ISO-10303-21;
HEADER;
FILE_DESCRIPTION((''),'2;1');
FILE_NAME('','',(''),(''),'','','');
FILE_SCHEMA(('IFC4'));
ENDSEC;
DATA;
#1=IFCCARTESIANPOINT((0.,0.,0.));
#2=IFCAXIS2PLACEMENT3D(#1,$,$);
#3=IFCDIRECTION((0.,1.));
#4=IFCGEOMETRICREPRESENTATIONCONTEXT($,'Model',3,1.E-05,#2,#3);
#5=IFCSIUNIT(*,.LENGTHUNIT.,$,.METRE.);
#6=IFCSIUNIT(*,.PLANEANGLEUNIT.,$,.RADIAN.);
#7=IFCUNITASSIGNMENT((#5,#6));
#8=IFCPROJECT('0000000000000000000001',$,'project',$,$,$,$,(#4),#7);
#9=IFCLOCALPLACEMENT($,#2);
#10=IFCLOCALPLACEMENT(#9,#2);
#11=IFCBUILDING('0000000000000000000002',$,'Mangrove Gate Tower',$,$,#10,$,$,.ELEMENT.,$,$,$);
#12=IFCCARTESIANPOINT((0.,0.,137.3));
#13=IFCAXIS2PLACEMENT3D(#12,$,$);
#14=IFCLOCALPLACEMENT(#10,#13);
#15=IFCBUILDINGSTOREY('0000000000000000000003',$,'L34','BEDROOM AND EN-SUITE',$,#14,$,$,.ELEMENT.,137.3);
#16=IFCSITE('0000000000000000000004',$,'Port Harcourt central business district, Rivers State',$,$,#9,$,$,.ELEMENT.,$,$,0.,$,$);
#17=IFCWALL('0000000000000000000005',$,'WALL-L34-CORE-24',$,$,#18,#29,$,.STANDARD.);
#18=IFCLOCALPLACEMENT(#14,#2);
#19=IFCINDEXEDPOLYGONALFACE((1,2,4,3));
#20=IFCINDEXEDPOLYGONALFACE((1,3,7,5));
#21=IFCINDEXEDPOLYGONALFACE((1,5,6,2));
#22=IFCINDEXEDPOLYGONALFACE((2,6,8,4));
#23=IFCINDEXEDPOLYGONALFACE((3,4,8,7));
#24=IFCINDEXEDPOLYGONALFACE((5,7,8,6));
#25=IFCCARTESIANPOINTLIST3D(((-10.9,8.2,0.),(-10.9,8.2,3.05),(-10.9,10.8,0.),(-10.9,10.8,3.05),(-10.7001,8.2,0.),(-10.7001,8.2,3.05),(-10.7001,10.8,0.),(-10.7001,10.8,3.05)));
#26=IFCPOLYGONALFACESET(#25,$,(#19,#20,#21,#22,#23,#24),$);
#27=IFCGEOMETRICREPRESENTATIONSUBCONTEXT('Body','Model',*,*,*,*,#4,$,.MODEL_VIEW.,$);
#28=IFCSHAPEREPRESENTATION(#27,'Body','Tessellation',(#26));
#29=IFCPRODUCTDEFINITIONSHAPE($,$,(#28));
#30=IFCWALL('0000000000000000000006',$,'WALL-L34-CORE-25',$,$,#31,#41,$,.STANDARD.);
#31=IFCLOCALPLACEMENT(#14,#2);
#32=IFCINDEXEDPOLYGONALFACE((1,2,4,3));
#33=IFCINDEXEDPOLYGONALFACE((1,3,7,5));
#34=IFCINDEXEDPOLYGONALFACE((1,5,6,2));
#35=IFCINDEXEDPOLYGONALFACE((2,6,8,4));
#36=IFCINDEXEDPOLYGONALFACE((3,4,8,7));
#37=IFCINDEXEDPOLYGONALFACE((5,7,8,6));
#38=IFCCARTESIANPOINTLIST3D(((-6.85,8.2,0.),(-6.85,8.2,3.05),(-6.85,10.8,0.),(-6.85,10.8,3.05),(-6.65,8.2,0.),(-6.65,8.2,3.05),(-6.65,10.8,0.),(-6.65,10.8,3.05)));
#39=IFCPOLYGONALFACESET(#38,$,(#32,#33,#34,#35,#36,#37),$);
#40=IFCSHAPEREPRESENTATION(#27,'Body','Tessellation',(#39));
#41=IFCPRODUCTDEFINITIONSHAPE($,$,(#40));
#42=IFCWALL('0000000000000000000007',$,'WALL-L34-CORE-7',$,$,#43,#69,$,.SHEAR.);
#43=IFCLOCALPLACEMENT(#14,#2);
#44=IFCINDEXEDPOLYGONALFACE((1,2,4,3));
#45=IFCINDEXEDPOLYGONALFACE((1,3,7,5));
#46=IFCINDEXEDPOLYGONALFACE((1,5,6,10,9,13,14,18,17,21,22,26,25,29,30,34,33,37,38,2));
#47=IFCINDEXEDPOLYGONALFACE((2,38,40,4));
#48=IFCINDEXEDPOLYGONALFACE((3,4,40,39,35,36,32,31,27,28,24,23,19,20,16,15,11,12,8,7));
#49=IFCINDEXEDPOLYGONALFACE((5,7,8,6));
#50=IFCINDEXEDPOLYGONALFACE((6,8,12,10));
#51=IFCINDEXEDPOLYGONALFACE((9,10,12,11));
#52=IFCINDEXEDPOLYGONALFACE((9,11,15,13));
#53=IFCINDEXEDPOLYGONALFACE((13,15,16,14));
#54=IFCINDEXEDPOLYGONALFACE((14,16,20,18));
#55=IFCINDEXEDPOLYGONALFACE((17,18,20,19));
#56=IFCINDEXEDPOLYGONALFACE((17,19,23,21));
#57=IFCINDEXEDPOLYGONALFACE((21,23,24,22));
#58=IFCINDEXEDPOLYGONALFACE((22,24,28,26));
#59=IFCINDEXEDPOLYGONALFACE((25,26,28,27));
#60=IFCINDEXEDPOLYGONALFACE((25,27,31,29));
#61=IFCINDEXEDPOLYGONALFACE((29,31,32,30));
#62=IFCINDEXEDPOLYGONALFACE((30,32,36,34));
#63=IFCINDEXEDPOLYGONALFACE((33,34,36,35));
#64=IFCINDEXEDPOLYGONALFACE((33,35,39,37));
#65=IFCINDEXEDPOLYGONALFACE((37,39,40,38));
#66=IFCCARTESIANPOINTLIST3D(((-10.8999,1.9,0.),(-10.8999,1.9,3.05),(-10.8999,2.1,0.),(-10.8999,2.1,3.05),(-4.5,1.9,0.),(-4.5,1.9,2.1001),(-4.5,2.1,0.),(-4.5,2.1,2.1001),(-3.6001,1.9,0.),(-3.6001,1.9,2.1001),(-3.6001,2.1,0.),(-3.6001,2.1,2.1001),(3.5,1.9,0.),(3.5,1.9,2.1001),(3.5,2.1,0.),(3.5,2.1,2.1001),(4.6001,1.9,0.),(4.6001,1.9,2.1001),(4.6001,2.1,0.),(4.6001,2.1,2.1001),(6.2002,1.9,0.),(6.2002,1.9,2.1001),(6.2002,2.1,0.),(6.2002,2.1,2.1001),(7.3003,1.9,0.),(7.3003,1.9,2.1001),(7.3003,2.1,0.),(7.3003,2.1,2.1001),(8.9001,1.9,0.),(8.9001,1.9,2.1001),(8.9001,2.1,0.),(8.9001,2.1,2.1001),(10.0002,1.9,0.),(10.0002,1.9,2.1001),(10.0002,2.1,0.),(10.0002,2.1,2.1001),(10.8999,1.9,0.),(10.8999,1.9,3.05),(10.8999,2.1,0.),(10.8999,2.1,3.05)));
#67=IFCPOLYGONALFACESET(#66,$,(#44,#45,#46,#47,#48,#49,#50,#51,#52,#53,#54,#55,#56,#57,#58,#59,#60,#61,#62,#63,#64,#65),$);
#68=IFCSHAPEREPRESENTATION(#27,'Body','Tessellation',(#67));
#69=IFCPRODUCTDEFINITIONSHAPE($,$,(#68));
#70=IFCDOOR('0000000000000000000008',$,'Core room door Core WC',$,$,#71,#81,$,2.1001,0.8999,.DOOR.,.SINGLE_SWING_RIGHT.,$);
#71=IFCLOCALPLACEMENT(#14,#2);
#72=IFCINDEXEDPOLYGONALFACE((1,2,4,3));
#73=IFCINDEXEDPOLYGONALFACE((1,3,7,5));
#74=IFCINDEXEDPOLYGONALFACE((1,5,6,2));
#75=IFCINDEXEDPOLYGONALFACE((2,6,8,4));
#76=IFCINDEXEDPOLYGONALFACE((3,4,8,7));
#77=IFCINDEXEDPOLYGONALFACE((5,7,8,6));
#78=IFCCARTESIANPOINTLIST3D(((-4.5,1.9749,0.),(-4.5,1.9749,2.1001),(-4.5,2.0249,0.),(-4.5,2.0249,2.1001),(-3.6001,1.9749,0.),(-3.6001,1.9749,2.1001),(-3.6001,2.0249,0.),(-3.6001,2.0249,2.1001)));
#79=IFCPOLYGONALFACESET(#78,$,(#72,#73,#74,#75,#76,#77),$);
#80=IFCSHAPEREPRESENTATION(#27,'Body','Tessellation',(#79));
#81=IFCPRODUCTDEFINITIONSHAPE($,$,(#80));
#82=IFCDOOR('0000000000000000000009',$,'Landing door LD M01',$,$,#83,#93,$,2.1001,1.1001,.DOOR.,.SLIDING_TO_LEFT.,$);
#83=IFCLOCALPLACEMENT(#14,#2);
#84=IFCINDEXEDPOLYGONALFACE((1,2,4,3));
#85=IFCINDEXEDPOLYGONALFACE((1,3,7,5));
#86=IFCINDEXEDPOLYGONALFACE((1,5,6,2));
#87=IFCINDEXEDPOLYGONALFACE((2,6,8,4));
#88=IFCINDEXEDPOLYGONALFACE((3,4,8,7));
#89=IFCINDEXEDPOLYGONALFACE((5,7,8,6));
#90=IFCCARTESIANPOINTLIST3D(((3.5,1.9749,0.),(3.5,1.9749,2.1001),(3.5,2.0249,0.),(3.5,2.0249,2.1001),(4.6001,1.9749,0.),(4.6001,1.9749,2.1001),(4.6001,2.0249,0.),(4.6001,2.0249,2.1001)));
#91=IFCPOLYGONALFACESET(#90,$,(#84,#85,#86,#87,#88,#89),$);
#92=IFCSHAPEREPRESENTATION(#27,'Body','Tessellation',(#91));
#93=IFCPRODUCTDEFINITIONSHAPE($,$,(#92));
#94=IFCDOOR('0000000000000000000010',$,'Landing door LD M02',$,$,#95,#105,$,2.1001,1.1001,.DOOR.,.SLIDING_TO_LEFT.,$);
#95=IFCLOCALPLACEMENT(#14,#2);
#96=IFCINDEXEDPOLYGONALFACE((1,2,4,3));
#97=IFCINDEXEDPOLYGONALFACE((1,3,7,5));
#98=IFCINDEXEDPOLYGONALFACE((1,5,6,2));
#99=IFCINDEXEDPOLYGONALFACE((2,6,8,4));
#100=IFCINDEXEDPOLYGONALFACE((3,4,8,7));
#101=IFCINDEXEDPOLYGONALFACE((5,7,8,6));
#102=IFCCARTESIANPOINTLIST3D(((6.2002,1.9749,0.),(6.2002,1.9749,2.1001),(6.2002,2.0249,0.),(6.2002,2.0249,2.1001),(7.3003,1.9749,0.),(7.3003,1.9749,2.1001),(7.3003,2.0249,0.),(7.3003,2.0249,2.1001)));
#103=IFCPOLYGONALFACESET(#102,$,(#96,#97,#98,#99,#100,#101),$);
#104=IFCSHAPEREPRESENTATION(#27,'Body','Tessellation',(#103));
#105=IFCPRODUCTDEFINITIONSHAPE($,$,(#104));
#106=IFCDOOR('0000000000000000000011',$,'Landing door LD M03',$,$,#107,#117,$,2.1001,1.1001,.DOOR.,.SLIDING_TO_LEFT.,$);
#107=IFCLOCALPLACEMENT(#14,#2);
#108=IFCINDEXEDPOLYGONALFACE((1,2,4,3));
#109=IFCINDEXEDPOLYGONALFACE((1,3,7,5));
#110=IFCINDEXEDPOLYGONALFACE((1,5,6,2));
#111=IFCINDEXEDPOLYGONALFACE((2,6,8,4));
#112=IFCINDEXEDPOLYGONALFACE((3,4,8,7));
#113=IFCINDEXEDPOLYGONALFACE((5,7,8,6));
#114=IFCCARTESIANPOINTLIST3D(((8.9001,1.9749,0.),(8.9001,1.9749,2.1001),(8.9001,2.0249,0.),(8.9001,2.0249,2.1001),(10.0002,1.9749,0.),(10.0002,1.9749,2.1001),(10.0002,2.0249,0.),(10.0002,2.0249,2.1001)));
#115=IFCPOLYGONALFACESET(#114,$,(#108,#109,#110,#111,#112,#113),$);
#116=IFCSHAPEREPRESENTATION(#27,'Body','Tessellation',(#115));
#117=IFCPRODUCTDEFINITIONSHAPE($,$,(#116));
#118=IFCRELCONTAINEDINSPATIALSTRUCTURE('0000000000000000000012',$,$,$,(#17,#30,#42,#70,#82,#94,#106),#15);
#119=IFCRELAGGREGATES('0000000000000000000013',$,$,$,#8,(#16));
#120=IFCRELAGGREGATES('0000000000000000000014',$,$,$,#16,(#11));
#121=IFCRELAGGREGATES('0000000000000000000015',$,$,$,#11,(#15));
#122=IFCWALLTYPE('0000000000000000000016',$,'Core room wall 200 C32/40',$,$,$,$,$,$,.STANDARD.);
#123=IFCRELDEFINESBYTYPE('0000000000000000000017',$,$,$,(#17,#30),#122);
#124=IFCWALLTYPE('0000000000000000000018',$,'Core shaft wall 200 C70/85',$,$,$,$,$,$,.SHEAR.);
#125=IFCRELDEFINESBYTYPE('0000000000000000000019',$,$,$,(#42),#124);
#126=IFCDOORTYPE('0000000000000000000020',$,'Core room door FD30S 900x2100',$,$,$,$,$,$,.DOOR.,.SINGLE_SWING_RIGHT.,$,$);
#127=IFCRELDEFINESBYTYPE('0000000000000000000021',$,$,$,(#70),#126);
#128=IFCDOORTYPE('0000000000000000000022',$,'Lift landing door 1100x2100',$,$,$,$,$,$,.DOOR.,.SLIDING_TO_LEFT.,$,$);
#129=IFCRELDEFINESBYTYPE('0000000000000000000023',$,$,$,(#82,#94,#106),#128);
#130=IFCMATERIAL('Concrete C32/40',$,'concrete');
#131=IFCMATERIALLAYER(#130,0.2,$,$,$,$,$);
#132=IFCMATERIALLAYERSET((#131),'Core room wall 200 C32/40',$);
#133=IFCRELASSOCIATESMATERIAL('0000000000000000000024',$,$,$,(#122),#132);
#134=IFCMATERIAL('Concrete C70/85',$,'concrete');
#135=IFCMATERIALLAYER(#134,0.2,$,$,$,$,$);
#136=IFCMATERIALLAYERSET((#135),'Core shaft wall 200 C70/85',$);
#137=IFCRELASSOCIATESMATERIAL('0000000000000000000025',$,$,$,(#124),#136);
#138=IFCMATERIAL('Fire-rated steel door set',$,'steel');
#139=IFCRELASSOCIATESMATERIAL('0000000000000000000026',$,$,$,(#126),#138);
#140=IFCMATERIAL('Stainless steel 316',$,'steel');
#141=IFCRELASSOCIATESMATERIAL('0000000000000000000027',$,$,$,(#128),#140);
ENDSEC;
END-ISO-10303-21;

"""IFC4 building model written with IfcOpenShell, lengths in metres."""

from ifc_helpers import new_model, si_unit, direction, frame, frame_2d, origin, place, context, subcontext, project, spatial, rectangle, extrude, material, layer, layer_set, type_object, element, fill, save


model = new_model("IFC4")

# Units and contexts
model_context = context("Model", 3, precision=1e-05, world=origin(), true_north=direction((0.0, 1.0)))
body_context = subcontext(model_context, "Body", "Model", "MODEL_VIEW")
ifc_project = project(units=[si_unit("LENGTHUNIT", "METRE"), si_unit("PLANEANGLEUNIT", "RADIAN")], contexts=[model_context])

# Site, building, storey
site_placement = place(None, origin())
site = spatial("IfcSite", under=ifc_project, at=site_placement, Name="Port Harcourt central business district, Rivers State", CompositionType="ELEMENT", RefElevation=0.0)
building_placement = place(site_placement, origin())
building = spatial("IfcBuilding", under=site, at=building_placement, Name="Mangrove Gate Tower", CompositionType="ELEMENT")
storey_placement = place(building_placement, frame((0.0, 0.0, 137.3)))
storey = spatial("IfcBuildingStorey", under=building, at=storey_placement, Name="L34", Description="BEDROOM AND EN-SUITE", CompositionType="ELEMENT", Elevation=137.3)

# Walls
ifc_material_1 = material(Name="Concrete C32/40", Category="concrete")
ifc_layer_1 = layer(ifc_material_1, 0.2)
ifc_layer_set_1 = layer_set([ifc_layer_1], Name="Core room wall 200 C32/40")
wall_type_1 = type_object("IfcWallType", Name="Core room wall 200 C32/40", PredefinedType="STANDARD", material=ifc_layer_set_1)
for number, where, z_axis, x_axis, name in (
    (1, (-10.8, 8.2, 0.0), (0.0, 0.0, 1.0), (0.0, 1.0, 0.0), "WALL-L34-CORE-24"),
    (2, (-6.75, 8.2, 0.0), (0.0, 0.0, 1.0), (0.0, 1.0, 0.0), "WALL-L34-CORE-25"),
):
    element("IfcWall", number, at=place(storey_placement, frame(where, z_axis=z_axis, x_axis=x_axis)), inside=storey, type_object=wall_type_1, Name=name, PredefinedType="STANDARD", context=body_context, shape_type="SweptSolid", body=[
        extrude(rectangle(XDim=2.6001, YDim=0.2, at=frame_2d((1.3, 0.0))), origin(), (0.0, 0.0, 1.0), 3.05),
    ])

# Wall, openings, doors
ifc_material_2 = material(Name="Concrete C70/85", Category="concrete")
ifc_layer_2 = layer(ifc_material_2, 0.2)
ifc_layer_set_2 = layer_set([ifc_layer_2], Name="Core shaft wall 200 C70/85")
wall_type_2 = type_object("IfcWallType", Name="Core shaft wall 200 C70/85", PredefinedType="SHEAR", material=ifc_layer_set_2)
wall_1_placement = place(storey_placement, frame((-10.8999, 2.0, 0.0), z_axis=(0.0, 0.0, 1.0), x_axis=(1.0, 0.0, 0.0)))
wall_1 = element("IfcWall", 3, at=wall_1_placement, inside=storey, type_object=wall_type_2, Name="WALL-L34-CORE-7", PredefinedType="SHEAR", context=body_context, shape_type="SweptSolid", body=[
    extrude(rectangle(XDim=21.7998, YDim=0.2, at=frame_2d((10.8999, 0.0))), origin(), (0.0, 0.0, 1.0), 3.05),
])
opening_1_placement = place(wall_1_placement, frame((14.3999, 0.0, 0.0)))
opening_1 = element("IfcOpeningElement", 4, at=opening_1_placement, cuts=wall_1, PredefinedType="OPENING", context=body_context, shape_type="SweptSolid", body=[
    extrude(rectangle(XDim=1.1001, YDim=2.1001, at=frame_2d((0.55, 1.05))), frame((0.0, 0.1099, 0.0), z_axis=(0.0, -1.0, 0.0), x_axis=(1.0, 0.0, 0.0)), (0.0, 0.0, 1.0), 0.22),
])
opening_2_placement = place(wall_1_placement, frame((17.1001, 0.0, 0.0)))
opening_2 = element("IfcOpeningElement", 5, at=opening_2_placement, cuts=wall_1, PredefinedType="OPENING", context=body_context, shape_type="SweptSolid", body=[
    extrude(rectangle(XDim=1.1001, YDim=2.1001, at=frame_2d((0.55, 1.05))), frame((0.0, 0.1099, 0.0), z_axis=(0.0, -1.0, 0.0), x_axis=(1.0, 0.0, 0.0)), (0.0, 0.0, 1.0), 0.22),
])
opening_3_placement = place(wall_1_placement, frame((19.8, 0.0, 0.0)))
opening_3 = element("IfcOpeningElement", 6, at=opening_3_placement, cuts=wall_1, PredefinedType="OPENING", context=body_context, shape_type="SweptSolid", body=[
    extrude(rectangle(XDim=1.1001, YDim=2.1001, at=frame_2d((0.55, 1.05))), frame((0.0, 0.1099, 0.0), z_axis=(0.0, -1.0, 0.0), x_axis=(1.0, 0.0, 0.0)), (0.0, 0.0, 1.0), 0.22),
])
opening_4_placement = place(wall_1_placement, frame((6.3999, 0.0, 0.0)))
opening_4 = element("IfcOpeningElement", 7, at=opening_4_placement, cuts=wall_1, PredefinedType="OPENING", context=body_context, shape_type="SweptSolid", body=[
    extrude(rectangle(XDim=0.8999, YDim=2.1001, at=frame_2d((0.45, 1.05))), frame((0.0, 0.1099, 0.0), z_axis=(0.0, -1.0, 0.0), x_axis=(1.0, 0.0, 0.0)), (0.0, 0.0, 1.0), 0.22),
])
ifc_material_3 = material(Name="Fire-rated steel door set", Category="steel")
door_type_1 = type_object("IfcDoorType", Name="Core room door FD30S 900x2100", OperationType="SINGLE_SWING_RIGHT", PredefinedType="DOOR", material=ifc_material_3)
door_1_placement = place(opening_4_placement, origin())
door_1 = element("IfcDoor", 8, at=door_1_placement, inside=storey, type_object=door_type_1, Name="Core room door Core WC", OperationType="SINGLE_SWING_RIGHT", OverallHeight=2.1001, OverallWidth=0.8999, PredefinedType="DOOR", context=body_context, shape_type="SweptSolid", body=[
    extrude(rectangle(XDim=0.8999, YDim=2.1001, at=frame_2d((0.45, 1.05))), frame((0.0, 0.0249, 0.0), z_axis=(0.0, -1.0, 0.0), x_axis=(1.0, 0.0, 0.0)), (0.0, 0.0, 1.0), 0.05),
])
fill(opening_4, door_1)
ifc_material_4 = material(Name="Stainless steel 316", Category="steel")
door_type_2 = type_object("IfcDoorType", Name="Lift landing door 1100x2100", OperationType="SLIDING_TO_LEFT", PredefinedType="DOOR", material=ifc_material_4)
door_2_placement = place(opening_1_placement, origin())
door_2 = element("IfcDoor", 9, at=door_2_placement, inside=storey, type_object=door_type_2, Name="Landing door LD M01", OperationType="SLIDING_TO_LEFT", OverallHeight=2.1001, OverallWidth=1.1001, PredefinedType="DOOR", context=body_context, shape_type="SweptSolid", body=[
    extrude(rectangle(XDim=1.1001, YDim=2.1001, at=frame_2d((0.55, 1.05))), frame((0.0, 0.0249, 0.0), z_axis=(0.0, -1.0, 0.0), x_axis=(1.0, 0.0, 0.0)), (0.0, 0.0, 1.0), 0.05),
])
fill(opening_1, door_2)
door_3_placement = place(opening_2_placement, origin())
door_3 = element("IfcDoor", 10, at=door_3_placement, inside=storey, type_object=door_type_2, Name="Landing door LD M02", OperationType="SLIDING_TO_LEFT", OverallHeight=2.1001, OverallWidth=1.1001, PredefinedType="DOOR", context=body_context, shape_type="SweptSolid", body=[
    extrude(rectangle(XDim=1.1001, YDim=2.1001, at=frame_2d((0.55, 1.05))), frame((0.0, 0.0249, 0.0), z_axis=(0.0, -1.0, 0.0), x_axis=(1.0, 0.0, 0.0)), (0.0, 0.0, 1.0), 0.05),
])
fill(opening_2, door_3)
door_4_placement = place(opening_3_placement, origin())
door_4 = element("IfcDoor", 11, at=door_4_placement, inside=storey, type_object=door_type_2, Name="Landing door LD M03", OperationType="SLIDING_TO_LEFT", OverallHeight=2.1001, OverallWidth=1.1001, PredefinedType="DOOR", context=body_context, shape_type="SweptSolid", body=[
    extrude(rectangle(XDim=1.1001, YDim=2.1001, at=frame_2d((0.55, 1.05))), frame((0.0, 0.0249, 0.0), z_axis=(0.0, -1.0, 0.0), x_axis=(1.0, 0.0, 0.0)), (0.0, 0.0, 1.0), 0.05),
])
fill(opening_3, door_4)

save(model, "model.ifc")
